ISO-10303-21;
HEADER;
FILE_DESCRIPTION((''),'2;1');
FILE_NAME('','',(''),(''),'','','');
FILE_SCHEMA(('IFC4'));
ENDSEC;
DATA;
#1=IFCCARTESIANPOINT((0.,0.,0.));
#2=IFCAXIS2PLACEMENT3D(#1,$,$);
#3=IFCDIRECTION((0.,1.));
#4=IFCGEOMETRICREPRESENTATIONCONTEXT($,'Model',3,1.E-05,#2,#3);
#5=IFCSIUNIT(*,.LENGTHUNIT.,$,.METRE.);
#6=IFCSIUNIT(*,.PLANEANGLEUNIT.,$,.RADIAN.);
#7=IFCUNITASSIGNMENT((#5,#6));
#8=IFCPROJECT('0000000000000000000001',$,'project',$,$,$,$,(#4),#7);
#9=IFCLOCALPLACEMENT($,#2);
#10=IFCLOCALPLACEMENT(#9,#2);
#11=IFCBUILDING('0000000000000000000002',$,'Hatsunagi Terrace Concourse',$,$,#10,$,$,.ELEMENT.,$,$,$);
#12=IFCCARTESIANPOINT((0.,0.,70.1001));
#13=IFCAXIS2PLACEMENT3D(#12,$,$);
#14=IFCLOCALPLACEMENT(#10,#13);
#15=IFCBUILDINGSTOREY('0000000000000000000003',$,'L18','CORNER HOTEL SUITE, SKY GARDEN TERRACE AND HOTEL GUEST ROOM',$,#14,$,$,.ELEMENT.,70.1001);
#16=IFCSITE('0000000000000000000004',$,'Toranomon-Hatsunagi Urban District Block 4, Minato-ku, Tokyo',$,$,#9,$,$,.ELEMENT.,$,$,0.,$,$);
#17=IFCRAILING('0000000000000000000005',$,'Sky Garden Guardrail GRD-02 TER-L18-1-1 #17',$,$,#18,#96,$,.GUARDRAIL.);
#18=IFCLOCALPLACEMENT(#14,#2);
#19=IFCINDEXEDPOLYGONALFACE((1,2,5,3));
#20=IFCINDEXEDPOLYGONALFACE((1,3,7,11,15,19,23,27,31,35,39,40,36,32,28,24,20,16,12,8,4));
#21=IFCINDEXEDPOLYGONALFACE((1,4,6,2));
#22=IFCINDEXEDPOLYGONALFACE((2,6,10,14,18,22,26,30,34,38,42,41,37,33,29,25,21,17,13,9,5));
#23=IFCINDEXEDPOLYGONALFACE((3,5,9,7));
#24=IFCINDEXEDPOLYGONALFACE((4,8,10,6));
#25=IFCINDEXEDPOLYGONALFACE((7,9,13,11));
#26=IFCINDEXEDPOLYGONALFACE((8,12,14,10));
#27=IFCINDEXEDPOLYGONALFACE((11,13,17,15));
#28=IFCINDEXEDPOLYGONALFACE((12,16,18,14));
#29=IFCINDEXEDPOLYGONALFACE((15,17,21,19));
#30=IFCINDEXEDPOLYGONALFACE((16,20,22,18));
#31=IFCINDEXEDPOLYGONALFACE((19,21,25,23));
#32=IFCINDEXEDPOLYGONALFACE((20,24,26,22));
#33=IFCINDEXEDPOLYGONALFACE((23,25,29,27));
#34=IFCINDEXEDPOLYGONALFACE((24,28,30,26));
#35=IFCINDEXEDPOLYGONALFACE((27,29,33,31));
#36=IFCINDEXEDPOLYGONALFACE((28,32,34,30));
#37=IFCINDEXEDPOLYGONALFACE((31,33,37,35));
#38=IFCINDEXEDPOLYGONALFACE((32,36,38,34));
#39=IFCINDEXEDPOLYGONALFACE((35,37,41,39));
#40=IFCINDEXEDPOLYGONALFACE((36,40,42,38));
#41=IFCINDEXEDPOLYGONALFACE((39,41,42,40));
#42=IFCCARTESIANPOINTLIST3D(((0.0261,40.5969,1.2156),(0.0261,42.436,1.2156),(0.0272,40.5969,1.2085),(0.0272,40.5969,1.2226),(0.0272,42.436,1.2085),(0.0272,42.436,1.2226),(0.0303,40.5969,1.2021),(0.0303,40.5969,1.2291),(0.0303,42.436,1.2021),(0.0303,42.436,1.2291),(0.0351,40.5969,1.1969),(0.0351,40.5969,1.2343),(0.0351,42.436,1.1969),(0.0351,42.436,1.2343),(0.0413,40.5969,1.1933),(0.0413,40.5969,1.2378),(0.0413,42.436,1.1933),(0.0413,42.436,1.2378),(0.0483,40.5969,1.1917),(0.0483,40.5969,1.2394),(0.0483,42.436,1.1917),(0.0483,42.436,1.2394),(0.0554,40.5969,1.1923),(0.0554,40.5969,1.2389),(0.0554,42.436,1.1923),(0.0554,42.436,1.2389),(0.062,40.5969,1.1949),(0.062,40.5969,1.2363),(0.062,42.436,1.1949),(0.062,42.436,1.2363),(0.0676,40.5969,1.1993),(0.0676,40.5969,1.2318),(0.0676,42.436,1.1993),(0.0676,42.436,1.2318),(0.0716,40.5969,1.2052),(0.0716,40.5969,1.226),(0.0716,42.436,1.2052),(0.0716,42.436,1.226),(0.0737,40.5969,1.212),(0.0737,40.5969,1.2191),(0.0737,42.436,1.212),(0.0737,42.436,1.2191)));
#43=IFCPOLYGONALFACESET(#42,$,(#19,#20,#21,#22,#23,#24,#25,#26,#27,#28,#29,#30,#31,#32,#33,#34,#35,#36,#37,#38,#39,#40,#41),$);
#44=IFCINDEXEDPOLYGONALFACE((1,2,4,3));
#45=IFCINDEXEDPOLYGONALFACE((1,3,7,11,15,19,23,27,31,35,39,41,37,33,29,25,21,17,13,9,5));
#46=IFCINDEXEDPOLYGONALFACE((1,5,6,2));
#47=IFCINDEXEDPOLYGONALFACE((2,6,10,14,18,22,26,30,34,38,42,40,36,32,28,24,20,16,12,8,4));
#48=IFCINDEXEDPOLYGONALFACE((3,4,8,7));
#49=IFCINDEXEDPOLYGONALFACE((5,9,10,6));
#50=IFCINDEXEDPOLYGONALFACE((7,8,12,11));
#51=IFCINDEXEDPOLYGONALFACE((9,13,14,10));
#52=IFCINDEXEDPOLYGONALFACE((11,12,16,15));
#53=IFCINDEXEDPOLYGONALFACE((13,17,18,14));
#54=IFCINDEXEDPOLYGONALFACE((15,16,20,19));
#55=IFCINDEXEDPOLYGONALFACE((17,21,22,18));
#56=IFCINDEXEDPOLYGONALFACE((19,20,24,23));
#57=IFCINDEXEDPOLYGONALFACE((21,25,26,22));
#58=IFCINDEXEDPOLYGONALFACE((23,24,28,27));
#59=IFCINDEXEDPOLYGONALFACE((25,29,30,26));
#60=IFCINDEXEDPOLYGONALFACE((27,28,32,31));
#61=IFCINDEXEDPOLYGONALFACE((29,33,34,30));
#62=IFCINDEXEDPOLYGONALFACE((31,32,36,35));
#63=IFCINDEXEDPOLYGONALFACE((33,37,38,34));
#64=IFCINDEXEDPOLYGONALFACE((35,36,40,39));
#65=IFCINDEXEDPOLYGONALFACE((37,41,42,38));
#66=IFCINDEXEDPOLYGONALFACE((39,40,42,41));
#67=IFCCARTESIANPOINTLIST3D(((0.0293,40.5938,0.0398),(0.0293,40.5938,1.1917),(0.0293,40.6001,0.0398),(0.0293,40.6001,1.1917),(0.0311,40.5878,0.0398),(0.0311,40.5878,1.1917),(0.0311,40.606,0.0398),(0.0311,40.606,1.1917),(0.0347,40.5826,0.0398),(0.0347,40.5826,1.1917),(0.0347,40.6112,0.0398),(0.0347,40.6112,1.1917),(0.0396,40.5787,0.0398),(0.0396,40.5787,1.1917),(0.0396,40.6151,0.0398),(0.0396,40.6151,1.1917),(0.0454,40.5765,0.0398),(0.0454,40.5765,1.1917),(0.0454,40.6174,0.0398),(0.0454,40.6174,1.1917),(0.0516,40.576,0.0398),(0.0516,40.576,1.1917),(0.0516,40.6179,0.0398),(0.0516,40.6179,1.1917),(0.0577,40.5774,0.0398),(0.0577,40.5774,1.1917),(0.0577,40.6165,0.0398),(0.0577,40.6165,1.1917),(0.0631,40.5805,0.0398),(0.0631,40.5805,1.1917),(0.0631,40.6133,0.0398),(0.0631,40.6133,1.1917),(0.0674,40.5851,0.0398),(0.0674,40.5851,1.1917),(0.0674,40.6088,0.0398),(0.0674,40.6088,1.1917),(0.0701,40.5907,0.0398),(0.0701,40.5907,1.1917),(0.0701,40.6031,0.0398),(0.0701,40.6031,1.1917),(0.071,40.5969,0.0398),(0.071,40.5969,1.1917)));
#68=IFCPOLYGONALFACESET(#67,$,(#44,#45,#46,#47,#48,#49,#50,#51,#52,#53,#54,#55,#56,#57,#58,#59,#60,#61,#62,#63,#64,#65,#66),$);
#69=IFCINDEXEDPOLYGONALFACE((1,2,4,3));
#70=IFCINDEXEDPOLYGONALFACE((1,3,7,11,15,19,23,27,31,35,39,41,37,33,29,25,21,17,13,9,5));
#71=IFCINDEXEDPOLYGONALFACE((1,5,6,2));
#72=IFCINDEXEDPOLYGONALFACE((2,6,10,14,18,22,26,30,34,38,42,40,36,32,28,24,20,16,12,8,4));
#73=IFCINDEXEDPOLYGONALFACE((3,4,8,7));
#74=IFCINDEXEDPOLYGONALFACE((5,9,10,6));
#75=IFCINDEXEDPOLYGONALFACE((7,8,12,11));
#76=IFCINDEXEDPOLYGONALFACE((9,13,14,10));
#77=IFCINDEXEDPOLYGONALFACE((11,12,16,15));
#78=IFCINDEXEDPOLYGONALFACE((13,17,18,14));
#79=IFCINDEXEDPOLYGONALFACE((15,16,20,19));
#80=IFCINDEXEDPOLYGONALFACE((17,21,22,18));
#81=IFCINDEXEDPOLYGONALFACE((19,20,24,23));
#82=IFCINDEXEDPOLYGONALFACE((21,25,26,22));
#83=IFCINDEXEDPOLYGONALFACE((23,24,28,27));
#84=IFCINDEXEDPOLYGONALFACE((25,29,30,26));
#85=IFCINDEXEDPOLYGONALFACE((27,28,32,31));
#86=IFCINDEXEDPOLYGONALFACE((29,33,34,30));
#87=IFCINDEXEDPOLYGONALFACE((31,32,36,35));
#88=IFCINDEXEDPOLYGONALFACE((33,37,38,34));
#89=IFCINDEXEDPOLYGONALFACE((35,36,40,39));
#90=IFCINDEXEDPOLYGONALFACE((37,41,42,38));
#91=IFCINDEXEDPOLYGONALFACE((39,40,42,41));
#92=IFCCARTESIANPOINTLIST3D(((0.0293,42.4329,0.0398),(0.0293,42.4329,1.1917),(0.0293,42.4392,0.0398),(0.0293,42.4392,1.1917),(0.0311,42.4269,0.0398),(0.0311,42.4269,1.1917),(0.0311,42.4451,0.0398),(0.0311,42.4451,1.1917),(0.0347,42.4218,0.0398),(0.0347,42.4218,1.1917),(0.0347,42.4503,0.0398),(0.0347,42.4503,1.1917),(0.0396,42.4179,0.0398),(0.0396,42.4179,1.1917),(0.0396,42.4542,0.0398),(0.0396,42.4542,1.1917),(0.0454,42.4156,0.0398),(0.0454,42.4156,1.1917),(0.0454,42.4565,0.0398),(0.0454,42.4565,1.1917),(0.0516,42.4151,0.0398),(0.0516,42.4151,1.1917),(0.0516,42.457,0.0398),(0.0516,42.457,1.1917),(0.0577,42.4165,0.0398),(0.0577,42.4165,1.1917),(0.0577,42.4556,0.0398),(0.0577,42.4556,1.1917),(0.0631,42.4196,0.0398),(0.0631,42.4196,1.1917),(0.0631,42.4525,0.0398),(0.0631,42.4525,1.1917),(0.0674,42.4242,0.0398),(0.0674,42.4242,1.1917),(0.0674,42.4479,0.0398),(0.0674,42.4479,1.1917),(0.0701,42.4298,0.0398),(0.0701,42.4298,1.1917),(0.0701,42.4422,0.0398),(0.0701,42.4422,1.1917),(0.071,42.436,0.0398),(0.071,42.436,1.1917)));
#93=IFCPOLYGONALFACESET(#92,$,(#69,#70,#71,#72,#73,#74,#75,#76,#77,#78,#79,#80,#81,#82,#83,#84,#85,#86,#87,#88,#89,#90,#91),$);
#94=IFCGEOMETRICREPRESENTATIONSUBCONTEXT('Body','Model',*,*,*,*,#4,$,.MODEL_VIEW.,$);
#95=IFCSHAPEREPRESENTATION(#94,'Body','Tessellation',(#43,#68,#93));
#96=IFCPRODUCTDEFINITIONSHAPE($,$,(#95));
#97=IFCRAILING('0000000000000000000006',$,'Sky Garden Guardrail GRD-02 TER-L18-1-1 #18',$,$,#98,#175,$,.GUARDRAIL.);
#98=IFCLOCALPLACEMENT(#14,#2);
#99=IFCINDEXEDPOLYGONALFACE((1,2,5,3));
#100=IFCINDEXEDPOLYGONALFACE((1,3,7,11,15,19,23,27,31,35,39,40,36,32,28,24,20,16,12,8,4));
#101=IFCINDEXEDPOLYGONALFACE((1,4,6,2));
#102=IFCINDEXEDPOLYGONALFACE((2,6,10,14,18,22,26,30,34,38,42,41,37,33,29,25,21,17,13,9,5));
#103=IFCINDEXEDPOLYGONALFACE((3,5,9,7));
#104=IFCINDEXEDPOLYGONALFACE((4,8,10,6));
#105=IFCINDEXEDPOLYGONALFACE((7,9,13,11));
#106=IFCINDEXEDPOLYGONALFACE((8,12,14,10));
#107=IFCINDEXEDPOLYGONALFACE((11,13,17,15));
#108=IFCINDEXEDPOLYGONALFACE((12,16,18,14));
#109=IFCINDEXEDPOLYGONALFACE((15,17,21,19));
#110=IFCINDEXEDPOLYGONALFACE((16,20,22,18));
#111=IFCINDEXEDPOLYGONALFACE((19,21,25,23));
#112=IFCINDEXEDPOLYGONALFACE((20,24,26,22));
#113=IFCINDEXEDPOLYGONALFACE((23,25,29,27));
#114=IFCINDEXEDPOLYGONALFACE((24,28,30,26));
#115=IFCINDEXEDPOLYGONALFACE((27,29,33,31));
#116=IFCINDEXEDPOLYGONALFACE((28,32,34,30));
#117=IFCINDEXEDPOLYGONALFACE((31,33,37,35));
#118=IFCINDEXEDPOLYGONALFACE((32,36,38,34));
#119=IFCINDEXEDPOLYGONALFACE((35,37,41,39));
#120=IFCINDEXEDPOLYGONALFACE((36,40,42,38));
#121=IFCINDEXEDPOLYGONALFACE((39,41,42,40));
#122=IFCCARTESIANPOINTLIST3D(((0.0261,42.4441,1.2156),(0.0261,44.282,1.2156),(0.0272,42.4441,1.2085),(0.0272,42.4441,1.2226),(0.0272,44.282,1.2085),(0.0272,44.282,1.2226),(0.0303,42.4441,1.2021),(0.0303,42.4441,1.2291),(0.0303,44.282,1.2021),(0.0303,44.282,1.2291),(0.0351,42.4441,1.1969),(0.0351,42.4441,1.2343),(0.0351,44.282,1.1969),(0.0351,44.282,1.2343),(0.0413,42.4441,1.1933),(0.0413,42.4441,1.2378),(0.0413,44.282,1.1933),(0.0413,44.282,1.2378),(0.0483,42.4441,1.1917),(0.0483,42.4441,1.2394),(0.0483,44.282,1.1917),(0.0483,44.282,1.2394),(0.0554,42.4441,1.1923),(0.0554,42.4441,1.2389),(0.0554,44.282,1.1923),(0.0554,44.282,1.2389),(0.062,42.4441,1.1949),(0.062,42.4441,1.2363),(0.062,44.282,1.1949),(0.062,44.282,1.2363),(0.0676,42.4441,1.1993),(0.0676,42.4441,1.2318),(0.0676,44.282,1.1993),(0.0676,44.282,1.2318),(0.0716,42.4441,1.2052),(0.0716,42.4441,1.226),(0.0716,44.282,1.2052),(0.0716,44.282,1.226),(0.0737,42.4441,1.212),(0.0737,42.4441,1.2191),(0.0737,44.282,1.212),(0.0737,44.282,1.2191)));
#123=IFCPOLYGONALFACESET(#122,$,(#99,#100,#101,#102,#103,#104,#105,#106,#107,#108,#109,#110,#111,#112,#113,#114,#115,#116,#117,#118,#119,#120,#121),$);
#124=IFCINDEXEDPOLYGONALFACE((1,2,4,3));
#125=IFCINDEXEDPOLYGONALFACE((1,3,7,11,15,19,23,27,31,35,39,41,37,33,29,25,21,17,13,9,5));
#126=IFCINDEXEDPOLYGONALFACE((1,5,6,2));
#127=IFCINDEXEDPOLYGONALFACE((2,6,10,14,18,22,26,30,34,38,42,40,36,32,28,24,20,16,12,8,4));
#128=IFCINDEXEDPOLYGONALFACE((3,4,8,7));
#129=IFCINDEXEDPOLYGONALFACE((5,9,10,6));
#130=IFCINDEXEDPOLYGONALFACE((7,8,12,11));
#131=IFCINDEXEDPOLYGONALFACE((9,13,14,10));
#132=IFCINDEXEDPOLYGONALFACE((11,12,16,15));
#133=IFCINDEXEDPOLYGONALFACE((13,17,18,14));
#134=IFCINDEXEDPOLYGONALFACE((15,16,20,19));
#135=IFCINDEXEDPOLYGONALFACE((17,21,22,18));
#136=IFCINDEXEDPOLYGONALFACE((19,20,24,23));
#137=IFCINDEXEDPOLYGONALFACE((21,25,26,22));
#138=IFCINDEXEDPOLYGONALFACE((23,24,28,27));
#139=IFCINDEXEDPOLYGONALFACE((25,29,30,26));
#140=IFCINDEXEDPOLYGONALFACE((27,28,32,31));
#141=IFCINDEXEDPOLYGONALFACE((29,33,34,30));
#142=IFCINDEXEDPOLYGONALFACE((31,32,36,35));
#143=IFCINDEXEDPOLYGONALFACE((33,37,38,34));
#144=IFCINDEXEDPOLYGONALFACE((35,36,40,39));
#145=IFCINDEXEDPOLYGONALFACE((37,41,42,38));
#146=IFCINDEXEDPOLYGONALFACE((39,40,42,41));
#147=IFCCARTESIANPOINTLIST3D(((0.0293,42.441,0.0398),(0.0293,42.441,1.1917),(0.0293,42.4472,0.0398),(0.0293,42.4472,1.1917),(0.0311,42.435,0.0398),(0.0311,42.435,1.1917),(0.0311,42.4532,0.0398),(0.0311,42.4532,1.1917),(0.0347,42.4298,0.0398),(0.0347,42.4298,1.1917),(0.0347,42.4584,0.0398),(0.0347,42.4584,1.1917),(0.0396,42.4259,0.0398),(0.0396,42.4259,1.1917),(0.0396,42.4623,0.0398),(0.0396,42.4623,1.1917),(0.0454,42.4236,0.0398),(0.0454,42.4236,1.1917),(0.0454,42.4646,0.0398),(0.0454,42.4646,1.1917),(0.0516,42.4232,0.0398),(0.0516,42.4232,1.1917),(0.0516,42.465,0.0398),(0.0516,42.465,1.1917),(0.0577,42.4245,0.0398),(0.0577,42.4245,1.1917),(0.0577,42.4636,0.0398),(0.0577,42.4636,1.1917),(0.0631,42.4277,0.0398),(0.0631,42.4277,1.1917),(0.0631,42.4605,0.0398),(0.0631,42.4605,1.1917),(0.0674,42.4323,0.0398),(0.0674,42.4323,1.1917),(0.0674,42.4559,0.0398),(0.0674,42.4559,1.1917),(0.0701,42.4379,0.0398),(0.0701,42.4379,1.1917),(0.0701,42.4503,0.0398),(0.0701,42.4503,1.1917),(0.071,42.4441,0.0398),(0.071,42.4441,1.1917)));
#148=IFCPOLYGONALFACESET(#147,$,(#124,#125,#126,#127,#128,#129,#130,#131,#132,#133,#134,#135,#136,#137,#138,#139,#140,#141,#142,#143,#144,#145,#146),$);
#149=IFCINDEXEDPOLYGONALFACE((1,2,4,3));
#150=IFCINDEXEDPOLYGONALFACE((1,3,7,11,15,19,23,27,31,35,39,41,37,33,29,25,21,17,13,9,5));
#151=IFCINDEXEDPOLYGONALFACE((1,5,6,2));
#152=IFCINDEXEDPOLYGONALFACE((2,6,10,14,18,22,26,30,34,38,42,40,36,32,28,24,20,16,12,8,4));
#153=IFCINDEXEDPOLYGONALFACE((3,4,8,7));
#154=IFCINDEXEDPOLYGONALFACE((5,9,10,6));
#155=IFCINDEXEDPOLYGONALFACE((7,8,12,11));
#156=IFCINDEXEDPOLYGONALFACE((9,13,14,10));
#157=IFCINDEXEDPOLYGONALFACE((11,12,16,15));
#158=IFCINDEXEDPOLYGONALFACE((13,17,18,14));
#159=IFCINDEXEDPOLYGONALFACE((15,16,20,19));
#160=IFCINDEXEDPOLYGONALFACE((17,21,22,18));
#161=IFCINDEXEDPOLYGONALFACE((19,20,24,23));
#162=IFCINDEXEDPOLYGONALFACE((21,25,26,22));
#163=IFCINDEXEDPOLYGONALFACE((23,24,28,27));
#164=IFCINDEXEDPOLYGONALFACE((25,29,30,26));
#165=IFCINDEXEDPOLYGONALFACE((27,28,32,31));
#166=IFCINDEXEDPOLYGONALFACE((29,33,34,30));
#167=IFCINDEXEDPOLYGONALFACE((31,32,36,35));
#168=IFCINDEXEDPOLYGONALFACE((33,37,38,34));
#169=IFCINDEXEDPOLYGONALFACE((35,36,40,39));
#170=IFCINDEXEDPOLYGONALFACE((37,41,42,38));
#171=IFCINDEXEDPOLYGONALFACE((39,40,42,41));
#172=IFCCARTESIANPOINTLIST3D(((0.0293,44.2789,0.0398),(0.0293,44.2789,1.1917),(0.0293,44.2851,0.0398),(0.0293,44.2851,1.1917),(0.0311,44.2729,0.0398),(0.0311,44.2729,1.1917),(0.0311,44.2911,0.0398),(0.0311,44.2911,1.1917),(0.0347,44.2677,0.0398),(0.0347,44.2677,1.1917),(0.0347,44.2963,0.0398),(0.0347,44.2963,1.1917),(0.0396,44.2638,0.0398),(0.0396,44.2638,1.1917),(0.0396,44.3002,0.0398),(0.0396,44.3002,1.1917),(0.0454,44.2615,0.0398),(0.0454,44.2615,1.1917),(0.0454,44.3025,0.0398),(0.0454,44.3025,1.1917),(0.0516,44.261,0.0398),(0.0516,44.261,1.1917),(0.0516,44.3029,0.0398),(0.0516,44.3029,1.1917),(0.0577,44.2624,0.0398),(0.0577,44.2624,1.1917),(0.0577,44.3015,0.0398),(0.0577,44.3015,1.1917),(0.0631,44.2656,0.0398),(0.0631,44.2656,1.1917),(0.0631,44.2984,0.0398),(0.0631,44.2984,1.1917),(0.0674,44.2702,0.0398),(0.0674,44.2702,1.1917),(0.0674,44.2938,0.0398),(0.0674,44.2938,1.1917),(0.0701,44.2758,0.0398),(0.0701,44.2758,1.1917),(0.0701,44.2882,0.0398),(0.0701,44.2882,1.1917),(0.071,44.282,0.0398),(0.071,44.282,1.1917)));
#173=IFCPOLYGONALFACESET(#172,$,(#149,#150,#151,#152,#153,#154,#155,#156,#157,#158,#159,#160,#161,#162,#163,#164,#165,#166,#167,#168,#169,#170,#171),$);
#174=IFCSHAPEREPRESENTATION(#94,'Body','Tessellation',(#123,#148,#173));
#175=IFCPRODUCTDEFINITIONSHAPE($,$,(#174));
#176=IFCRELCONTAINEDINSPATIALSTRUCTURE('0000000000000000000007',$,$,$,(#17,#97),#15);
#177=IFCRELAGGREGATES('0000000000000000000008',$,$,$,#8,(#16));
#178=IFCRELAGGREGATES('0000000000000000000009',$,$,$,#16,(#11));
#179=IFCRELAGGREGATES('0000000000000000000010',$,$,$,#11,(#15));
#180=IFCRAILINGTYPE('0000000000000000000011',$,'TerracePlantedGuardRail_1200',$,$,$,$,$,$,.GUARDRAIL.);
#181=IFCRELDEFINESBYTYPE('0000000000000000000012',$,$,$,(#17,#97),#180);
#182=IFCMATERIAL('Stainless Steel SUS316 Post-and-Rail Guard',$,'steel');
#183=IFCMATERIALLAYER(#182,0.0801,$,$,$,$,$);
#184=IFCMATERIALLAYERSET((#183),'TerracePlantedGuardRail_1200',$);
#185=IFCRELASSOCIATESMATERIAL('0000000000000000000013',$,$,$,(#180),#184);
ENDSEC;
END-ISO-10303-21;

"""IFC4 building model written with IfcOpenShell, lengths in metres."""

from ifc_helpers import new_model, si_unit, direction, frame, origin, origin_2d, place, context, subcontext, project, spatial, circle, extrude, material, layer, layer_set, type_object, element, save


model = new_model("IFC4")

# Units and contexts
model_context = context("Model", 3, precision=1e-05, world=origin(), true_north=direction((0.0, 1.0)))
body_context = subcontext(model_context, "Body", "Model", "MODEL_VIEW")
ifc_project = project(units=[si_unit("LENGTHUNIT", "METRE"), si_unit("PLANEANGLEUNIT", "RADIAN")], contexts=[model_context])

# Site, building, storey
site_placement = place(None, origin())
site = spatial("IfcSite", under=ifc_project, at=site_placement, Name="Toranomon-Hatsunagi Urban District Block 4, Minato-ku, Tokyo", CompositionType="ELEMENT", RefElevation=0.0)
building_placement = place(site_placement, origin())
building = spatial("IfcBuilding", under=site, at=building_placement, Name="Hatsunagi Terrace Concourse", CompositionType="ELEMENT")
storey_placement = place(building_placement, frame((0.0, 0.0, 70.1001)))
storey = spatial("IfcBuildingStorey", under=building, at=storey_placement, Name="L18", Description="CORNER HOTEL SUITE, SKY GARDEN TERRACE AND HOTEL GUEST ROOM", CompositionType="ELEMENT", Elevation=70.1001)

# Railings
ifc_material_1 = material(Name="Stainless Steel SUS316 Post-and-Rail Guard", Category="steel")
ifc_layer_1 = layer(ifc_material_1, 0.0801)
ifc_layer_set_1 = layer_set([ifc_layer_1], Name="TerracePlantedGuardRail_1200")
railing_type = type_object("IfcRailingType", Name="TerracePlantedGuardRail_1200", PredefinedType="GUARDRAIL", material=ifc_layer_set_1)
railing_1_placement = place(storey_placement, frame((0.05, 40.5969, 0.0398)))
element("IfcRailing", 1, at=railing_1_placement, inside=storey, type_object=railing_type, Name="Sky Garden Guardrail GRD-02 TER-L18-1-1 #17", PredefinedType="GUARDRAIL", context=body_context, shape_type="SweptSolid", body=[
    extrude(circle(Radius=0.0239, at=origin_2d()), frame((0.0, 0.0, 1.1758), z_axis=(0.0, 1.0, 0.0), x_axis=(-1.0, 0.0, 0.0)), (0.0, 0.0, 1.0), 1.8391),
    extrude(circle(Radius=0.021, at=origin_2d()), origin(), (0.0, 0.0, 1.0), 1.1519),
    extrude(circle(Radius=0.021, at=origin_2d()), frame((0.0, 1.8391, 0.0)), (0.0, 0.0, 1.0), 1.1519),
])
railing_2_placement = place(storey_placement, frame((0.05, 42.4441, 0.0398)))
element("IfcRailing", 2, at=railing_2_placement, inside=storey, type_object=railing_type, Name="Sky Garden Guardrail GRD-02 TER-L18-1-1 #18", PredefinedType="GUARDRAIL", context=body_context, shape_type="SweptSolid", body=[
    extrude(circle(Radius=0.0239, at=origin_2d()), frame((0.0, 0.0, 1.1758), z_axis=(0.0, 1.0, 0.0), x_axis=(-1.0, 0.0, 0.0)), (0.0, 0.0, 1.0), 1.8379),
    extrude(circle(Radius=0.021, at=origin_2d()), origin(), (0.0, 0.0, 1.0), 1.1519),
    extrude(circle(Radius=0.021, at=origin_2d()), frame((0.0, 1.8379, 0.0)), (0.0, 0.0, 1.0), 1.1519),
])

save(model, "model.ifc")
